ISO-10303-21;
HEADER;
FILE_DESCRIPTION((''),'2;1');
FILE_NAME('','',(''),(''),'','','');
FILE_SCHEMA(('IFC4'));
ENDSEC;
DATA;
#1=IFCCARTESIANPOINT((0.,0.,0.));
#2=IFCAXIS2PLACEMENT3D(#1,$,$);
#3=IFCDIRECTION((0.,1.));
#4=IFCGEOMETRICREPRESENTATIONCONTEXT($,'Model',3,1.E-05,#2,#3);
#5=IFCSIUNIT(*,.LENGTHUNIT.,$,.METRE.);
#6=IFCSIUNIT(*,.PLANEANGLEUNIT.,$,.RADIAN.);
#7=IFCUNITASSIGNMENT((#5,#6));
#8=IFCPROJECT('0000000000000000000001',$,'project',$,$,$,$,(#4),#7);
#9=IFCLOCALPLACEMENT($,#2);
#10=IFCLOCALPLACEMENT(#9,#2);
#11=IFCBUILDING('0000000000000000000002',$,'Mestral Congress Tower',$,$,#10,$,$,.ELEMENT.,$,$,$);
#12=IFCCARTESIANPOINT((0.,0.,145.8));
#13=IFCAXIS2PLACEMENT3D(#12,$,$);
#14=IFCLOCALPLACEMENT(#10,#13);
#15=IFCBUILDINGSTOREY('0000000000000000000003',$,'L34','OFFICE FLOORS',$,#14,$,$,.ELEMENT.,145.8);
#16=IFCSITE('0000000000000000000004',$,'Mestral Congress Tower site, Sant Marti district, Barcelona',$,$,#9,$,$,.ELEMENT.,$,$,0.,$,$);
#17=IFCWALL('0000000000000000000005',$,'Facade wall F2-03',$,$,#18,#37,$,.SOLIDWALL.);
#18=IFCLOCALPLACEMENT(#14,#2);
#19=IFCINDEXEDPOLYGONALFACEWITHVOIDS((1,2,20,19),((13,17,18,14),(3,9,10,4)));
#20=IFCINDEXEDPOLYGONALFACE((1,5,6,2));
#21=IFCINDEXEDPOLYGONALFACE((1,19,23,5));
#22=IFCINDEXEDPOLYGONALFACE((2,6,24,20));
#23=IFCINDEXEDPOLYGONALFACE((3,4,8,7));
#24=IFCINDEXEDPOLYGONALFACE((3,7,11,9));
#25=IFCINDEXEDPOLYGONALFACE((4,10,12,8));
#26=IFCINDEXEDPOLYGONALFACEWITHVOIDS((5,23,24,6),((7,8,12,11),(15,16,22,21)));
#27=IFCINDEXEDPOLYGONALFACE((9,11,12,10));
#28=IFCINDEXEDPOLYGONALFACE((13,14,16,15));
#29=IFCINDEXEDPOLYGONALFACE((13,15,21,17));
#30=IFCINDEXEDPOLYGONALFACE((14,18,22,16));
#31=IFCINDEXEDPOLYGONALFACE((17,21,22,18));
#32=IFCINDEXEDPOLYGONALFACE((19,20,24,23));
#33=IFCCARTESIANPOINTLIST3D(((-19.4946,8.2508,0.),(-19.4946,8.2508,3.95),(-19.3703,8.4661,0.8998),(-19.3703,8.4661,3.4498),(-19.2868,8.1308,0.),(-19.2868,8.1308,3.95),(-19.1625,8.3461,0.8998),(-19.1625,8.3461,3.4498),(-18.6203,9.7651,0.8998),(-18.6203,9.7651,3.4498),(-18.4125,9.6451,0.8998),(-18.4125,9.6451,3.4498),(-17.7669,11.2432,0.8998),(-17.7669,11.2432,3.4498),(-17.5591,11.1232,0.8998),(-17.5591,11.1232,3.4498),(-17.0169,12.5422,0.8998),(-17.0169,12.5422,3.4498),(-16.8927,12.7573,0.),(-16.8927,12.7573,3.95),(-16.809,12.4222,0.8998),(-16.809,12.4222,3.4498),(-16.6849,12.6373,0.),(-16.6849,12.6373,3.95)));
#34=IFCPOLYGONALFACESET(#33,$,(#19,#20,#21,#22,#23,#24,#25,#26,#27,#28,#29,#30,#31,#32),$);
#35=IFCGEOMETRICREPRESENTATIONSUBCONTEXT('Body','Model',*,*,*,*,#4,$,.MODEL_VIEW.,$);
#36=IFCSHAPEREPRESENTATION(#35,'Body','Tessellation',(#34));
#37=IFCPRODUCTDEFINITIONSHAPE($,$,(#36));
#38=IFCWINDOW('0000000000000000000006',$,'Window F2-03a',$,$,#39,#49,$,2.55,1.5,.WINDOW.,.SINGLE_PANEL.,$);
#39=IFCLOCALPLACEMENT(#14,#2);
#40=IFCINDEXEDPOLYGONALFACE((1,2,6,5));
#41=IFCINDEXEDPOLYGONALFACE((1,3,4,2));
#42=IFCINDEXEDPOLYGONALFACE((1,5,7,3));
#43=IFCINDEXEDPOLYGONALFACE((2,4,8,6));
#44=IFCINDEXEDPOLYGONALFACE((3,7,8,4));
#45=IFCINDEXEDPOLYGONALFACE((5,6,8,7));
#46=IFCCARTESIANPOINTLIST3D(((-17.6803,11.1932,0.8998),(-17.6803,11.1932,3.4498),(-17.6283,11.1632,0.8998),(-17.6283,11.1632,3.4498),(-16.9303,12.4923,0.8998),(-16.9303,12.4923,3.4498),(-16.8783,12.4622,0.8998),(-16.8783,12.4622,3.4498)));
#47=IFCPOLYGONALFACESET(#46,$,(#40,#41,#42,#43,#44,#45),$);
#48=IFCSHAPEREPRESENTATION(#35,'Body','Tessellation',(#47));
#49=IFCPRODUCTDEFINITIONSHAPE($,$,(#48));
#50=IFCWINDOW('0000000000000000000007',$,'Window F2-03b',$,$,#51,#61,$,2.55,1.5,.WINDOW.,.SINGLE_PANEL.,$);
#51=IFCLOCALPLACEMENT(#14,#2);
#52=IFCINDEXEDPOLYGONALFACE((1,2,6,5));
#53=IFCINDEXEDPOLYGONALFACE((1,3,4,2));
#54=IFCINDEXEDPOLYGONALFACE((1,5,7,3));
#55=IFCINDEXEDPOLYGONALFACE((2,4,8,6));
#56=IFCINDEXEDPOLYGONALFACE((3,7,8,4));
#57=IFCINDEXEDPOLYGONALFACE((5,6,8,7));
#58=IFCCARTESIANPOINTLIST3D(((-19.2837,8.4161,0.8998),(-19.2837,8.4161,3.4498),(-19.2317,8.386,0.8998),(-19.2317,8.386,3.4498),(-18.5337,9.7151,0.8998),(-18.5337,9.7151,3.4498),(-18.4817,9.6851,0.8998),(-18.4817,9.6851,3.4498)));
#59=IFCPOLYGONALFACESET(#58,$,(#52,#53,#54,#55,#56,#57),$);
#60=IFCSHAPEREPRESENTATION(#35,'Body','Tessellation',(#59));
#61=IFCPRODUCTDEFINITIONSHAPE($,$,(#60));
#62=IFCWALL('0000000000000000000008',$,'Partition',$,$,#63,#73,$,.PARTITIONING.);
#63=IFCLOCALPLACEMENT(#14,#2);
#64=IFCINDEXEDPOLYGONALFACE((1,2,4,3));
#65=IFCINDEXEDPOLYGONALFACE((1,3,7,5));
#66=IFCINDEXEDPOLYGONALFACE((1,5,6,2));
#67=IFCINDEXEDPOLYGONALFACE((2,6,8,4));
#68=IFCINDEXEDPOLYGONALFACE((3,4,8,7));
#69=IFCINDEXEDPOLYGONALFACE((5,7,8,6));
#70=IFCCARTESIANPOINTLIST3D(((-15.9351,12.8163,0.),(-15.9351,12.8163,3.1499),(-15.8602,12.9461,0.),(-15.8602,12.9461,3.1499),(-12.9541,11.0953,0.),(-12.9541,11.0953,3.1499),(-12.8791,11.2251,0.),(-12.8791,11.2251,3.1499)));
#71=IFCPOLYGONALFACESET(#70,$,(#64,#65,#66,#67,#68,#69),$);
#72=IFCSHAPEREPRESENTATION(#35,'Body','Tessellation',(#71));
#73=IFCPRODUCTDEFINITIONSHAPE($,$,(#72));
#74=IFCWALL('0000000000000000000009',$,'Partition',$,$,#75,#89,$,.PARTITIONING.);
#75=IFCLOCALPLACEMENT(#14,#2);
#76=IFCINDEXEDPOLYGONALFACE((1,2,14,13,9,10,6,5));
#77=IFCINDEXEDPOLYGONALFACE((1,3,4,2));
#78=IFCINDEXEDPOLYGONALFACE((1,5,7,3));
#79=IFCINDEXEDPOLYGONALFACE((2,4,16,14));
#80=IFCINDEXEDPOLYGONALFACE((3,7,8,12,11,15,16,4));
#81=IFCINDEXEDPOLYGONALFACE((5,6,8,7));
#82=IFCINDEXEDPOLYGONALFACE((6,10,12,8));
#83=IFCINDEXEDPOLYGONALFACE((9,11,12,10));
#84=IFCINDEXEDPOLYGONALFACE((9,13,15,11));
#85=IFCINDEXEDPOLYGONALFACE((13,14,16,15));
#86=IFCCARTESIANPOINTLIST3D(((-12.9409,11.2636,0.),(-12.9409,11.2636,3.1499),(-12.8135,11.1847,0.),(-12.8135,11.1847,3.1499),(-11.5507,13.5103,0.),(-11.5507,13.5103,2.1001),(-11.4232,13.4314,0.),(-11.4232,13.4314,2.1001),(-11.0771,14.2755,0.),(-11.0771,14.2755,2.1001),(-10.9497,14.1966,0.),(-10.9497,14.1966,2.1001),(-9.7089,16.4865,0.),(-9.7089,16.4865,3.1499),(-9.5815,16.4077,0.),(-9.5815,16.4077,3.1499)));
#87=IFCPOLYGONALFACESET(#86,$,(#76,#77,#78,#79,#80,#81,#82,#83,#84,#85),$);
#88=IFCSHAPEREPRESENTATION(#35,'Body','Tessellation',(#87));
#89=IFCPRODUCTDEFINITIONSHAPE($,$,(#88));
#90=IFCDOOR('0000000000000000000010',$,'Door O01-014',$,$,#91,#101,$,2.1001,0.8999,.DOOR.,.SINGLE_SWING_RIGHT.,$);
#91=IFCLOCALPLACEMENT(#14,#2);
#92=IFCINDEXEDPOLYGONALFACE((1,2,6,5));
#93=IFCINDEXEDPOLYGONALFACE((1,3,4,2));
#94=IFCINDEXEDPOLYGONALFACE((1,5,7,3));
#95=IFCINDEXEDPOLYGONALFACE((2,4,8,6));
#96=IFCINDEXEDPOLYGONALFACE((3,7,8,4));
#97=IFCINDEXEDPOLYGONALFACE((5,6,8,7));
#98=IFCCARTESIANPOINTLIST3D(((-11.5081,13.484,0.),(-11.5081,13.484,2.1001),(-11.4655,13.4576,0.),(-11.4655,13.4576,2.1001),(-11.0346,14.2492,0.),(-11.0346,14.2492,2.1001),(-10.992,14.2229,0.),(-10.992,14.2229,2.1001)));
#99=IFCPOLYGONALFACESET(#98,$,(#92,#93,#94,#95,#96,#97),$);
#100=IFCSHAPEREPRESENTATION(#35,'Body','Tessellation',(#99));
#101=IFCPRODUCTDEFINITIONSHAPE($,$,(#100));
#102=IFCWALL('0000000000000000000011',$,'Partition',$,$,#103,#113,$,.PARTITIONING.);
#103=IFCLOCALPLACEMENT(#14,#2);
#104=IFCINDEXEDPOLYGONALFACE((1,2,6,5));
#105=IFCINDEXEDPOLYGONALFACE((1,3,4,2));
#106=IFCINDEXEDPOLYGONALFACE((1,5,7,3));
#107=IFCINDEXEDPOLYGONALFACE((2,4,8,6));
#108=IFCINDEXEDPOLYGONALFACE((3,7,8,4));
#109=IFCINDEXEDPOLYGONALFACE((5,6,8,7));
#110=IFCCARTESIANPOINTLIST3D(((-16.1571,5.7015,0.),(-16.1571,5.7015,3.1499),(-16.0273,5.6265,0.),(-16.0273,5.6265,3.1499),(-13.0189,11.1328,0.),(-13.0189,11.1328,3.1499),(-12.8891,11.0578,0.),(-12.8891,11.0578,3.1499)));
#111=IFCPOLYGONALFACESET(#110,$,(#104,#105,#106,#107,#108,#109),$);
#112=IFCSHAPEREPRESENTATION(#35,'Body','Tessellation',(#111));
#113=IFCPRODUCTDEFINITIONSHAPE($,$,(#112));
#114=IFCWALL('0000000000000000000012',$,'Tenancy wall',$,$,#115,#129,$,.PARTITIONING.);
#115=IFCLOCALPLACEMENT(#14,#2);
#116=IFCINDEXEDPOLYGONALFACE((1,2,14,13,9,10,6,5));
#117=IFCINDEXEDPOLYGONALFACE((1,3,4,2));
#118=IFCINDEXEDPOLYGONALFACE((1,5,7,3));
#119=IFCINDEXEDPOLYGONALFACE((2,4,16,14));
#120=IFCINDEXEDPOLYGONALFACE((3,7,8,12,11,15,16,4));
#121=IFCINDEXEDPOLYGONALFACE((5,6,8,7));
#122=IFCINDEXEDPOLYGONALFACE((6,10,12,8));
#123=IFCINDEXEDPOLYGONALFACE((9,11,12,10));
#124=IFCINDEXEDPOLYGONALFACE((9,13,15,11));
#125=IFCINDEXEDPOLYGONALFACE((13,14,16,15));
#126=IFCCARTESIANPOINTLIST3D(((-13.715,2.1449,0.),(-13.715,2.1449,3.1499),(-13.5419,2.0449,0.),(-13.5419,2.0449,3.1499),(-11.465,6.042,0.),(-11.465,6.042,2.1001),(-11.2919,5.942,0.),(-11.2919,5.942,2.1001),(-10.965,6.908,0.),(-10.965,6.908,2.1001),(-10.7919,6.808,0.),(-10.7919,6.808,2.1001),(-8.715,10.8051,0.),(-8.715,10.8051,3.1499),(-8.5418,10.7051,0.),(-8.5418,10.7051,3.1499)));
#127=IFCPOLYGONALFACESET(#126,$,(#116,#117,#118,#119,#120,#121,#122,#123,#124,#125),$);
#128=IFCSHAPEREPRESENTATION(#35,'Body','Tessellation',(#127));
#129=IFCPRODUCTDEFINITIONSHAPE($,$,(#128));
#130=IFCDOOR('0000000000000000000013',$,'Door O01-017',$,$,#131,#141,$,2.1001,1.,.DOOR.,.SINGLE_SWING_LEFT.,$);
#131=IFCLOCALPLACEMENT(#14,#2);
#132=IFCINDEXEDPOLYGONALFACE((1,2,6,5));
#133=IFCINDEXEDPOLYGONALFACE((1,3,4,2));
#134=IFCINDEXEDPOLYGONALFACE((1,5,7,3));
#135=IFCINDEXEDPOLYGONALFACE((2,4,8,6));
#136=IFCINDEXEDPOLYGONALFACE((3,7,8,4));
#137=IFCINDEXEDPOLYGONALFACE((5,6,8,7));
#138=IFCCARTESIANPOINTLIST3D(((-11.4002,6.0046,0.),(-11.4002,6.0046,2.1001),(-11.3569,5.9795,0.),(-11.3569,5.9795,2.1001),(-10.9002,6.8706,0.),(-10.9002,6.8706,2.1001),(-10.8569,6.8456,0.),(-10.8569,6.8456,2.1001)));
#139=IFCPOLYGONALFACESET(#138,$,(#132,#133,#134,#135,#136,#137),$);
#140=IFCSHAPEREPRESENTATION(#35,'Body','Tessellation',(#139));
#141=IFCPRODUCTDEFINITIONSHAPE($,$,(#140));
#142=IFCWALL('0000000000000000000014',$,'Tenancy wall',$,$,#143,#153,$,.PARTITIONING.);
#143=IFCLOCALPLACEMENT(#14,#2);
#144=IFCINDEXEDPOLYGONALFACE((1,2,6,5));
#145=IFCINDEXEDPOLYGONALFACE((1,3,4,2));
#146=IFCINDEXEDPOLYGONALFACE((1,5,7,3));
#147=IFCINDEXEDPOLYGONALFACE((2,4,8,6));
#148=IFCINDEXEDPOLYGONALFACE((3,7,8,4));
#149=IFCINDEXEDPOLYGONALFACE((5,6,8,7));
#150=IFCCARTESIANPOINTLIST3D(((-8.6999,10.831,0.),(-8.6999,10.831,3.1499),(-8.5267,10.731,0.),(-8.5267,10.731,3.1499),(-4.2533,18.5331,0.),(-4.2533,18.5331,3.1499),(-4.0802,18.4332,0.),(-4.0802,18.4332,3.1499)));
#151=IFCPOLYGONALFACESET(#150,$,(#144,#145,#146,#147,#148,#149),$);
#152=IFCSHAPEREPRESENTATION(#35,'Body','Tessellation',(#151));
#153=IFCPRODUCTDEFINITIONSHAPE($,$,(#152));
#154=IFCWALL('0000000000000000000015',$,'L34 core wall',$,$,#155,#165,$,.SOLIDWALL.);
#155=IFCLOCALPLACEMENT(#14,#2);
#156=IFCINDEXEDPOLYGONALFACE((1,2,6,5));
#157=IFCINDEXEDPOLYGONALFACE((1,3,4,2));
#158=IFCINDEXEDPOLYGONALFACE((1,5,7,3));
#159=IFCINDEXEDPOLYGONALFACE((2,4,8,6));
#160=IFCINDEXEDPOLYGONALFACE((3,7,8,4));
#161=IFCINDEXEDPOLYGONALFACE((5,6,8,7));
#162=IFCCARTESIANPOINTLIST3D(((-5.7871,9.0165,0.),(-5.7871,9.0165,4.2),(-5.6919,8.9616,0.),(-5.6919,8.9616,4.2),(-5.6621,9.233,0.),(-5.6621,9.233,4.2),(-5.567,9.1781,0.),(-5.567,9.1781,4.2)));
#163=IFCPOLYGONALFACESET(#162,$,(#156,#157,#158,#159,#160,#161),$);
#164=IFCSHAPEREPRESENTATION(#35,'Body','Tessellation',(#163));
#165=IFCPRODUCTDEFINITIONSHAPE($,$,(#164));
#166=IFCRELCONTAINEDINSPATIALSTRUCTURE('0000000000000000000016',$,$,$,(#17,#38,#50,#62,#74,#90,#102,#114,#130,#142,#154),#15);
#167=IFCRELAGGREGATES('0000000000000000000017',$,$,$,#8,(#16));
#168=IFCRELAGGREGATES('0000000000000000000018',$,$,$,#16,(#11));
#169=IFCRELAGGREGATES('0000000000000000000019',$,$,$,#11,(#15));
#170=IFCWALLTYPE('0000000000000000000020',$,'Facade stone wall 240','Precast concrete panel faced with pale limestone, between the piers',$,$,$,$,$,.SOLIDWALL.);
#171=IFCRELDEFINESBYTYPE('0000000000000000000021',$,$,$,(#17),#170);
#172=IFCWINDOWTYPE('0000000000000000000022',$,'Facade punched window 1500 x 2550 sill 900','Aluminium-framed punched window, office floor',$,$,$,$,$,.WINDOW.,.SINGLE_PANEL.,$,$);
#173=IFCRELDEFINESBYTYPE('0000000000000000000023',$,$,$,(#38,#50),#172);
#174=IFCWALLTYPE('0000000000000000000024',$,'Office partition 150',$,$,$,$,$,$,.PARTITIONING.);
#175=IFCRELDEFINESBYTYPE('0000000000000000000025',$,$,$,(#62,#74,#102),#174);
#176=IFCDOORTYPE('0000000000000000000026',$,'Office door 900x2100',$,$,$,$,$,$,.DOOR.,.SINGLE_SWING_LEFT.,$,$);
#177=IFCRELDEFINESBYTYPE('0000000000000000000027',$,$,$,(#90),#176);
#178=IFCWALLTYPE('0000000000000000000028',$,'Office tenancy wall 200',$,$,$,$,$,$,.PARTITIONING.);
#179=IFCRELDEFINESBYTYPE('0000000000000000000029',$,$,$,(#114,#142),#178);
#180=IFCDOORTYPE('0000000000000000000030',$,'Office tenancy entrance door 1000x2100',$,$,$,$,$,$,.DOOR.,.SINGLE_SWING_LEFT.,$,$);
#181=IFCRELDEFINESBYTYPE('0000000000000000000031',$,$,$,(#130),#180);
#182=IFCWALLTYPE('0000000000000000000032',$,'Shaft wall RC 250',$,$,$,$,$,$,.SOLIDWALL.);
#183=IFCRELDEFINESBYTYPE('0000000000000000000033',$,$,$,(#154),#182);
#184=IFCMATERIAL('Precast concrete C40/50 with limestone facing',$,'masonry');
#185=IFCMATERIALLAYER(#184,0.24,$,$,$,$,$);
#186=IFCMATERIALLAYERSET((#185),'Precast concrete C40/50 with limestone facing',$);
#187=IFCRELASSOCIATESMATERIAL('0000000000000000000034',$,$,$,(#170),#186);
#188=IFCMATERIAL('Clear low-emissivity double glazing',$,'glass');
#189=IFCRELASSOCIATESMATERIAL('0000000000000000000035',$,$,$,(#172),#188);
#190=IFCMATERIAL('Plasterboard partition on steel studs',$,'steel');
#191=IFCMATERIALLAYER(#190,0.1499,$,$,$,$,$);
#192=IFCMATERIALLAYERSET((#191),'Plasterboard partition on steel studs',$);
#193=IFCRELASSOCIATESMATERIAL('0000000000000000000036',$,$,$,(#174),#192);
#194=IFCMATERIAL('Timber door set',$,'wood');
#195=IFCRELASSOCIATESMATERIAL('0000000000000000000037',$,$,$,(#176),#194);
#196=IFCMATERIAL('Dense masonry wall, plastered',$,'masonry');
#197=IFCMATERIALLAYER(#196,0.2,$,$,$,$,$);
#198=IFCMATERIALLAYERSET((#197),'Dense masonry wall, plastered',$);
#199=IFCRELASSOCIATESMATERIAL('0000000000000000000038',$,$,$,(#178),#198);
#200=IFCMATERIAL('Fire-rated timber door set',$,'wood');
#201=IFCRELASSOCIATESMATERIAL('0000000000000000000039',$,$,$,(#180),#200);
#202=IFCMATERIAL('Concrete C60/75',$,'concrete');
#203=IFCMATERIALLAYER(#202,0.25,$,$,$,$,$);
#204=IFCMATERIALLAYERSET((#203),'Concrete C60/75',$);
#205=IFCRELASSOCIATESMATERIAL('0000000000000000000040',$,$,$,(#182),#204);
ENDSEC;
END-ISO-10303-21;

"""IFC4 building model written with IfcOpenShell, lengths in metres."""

from ifc_helpers import new_model, si_unit, direction, frame, frame_2d, origin, place, context, subcontext, project, spatial, rectangle, extrude, material, layer, layer_set, type_object, element, fill, save


model = new_model("IFC4")

# Units and contexts
model_context = context("Model", 3, precision=1e-05, world=origin(), true_north=direction((0.0, 1.0)))
body_context = subcontext(model_context, "Body", "Model", "MODEL_VIEW")
ifc_project = project(units=[si_unit("LENGTHUNIT", "METRE"), si_unit("PLANEANGLEUNIT", "RADIAN")], contexts=[model_context])

# Site, building, storey
site_placement = place(None, origin())
site = spatial("IfcSite", under=ifc_project, at=site_placement, Name="Mestral Congress Tower site, Sant Marti district, Barcelona", CompositionType="ELEMENT", RefElevation=0.0)
building_placement = place(site_placement, origin())
building = spatial("IfcBuilding", under=site, at=building_placement, Name="Mestral Congress Tower", CompositionType="ELEMENT")
storey_placement = place(building_placement, frame((0.0, 0.0, 145.8)))
storey = spatial("IfcBuildingStorey", under=building, at=storey_placement, Name="L34", Description="OFFICE FLOORS", CompositionType="ELEMENT", Elevation=145.8)

# Shared definitions
ifc_material_1 = material(Name="Concrete C60/75", Category="concrete")

# Wall, openings, windows
ifc_material_2 = material(Name="Precast concrete C40/50 with limestone facing", Category="masonry")
ifc_layer_1 = layer(ifc_material_2, 0.24)
ifc_layer_set_1 = layer_set([ifc_layer_1], Name="Precast concrete C40/50 with limestone facing")
wall_type_1 = type_object("IfcWallType", Name="Facade stone wall 240", Description="Precast concrete panel faced with pale limestone, between the piers", PredefinedType="SOLIDWALL", material=ifc_layer_set_1)
ifc_material_3 = material(Name="Clear low-emissivity double glazing", Category="glass")
window_type = type_object("IfcWindowType", Name="Facade punched window 1500 x 2550 sill 900", Description="Aluminium-framed punched window, office floor", PartitioningType="SINGLE_PANEL", PredefinedType="WINDOW", material=ifc_material_3)
wall_1_placement = place(storey_placement, frame((-16.7888, 12.6973, 0.0), z_axis=(0.0, 0.0, 1.0), x_axis=(-0.500009, -0.86602, 0.0)))
wall_1 = element("IfcWall", 1, at=wall_1_placement, inside=storey, type_object=wall_type_1, Name="Facade wall F2-03", PredefinedType="SOLIDWALL", context=body_context, shape_type="SweptSolid", body=[
    extrude(rectangle(XDim=5.2036, YDim=0.24, at=frame_2d((2.6018, 0.0))), origin(), (0.0, 0.0, 1.0), 3.95),
])
opening_1_placement = place(wall_1_placement, frame((0.2483, 0.0, 0.8999)))
opening_1 = element("IfcOpeningElement", 2, at=opening_1_placement, cuts=wall_1, PredefinedType="OPENING", context=body_context, shape_type="SweptSolid", body=[
    extrude(rectangle(XDim=1.5, YDim=2.55, at=frame_2d((0.75, 1.2749))), frame((0.0, 0.1299, 0.0), z_axis=(0.0, -1.0, 0.0), x_axis=(1.0, 0.0, 0.0)), (0.0, 0.0, 1.0), 0.26),
])
opening_2_placement = place(wall_1_placement, frame((3.4551, 0.0, 0.8999)))
opening_2 = element("IfcOpeningElement", 3, at=opening_2_placement, cuts=wall_1, PredefinedType="OPENING", context=body_context, shape_type="SweptSolid", body=[
    extrude(rectangle(XDim=1.5, YDim=2.55, at=frame_2d((0.75, 1.2749))), frame((0.0, 0.1299, 0.0), z_axis=(0.0, -1.0, 0.0), x_axis=(1.0, 0.0, 0.0)), (0.0, 0.0, 1.0), 0.26),
])
window_1_placement = place(opening_1_placement, origin())
window_1 = element("IfcWindow", 4, at=window_1_placement, inside=storey, type_object=window_type, Name="Window F2-03a", OverallHeight=2.55, OverallWidth=1.5, PartitioningType="SINGLE_PANEL", PredefinedType="WINDOW", context=body_context, shape_type="SweptSolid", body=[
    extrude(rectangle(XDim=1.5, YDim=2.55, at=frame_2d((0.75, 1.2749))), frame((0.0, 0.04, 0.0), z_axis=(0.0, -1.0, 0.0), x_axis=(1.0, 0.0, 0.0)), (0.0, 0.0, 1.0), 0.0601),
])
fill(opening_1, window_1)
window_2_placement = place(opening_2_placement, origin())
window_2 = element("IfcWindow", 5, at=window_2_placement, inside=storey, type_object=window_type, Name="Window F2-03b", OverallHeight=2.55, OverallWidth=1.5, PartitioningType="SINGLE_PANEL", PredefinedType="WINDOW", context=body_context, shape_type="SweptSolid", body=[
    extrude(rectangle(XDim=1.5, YDim=2.55, at=frame_2d((0.75, 1.2749))), frame((0.0, 0.04, 0.0), z_axis=(0.0, -1.0, 0.0), x_axis=(1.0, 0.0, 0.0)), (0.0, 0.0, 1.0), 0.0601),
])
fill(opening_2, window_2)

# Wall
ifc_material_4 = material(Name="Plasterboard partition on steel studs", Category="steel")
ifc_layer_2 = layer(ifc_material_4, 0.1499)
ifc_layer_set_2 = layer_set([ifc_layer_2], Name="Plasterboard partition on steel studs")
wall_type_2 = type_object("IfcWallType", Name="Office partition 150", PredefinedType="PARTITIONING", material=ifc_layer_set_2)
wall_2_placement = place(storey_placement, frame((-12.9165, 11.1602, 0.0), z_axis=(0.0, 0.0, 1.0), x_axis=(-0.866039, 0.499976, 0.0)))
element("IfcWall", 6, at=wall_2_placement, inside=storey, type_object=wall_type_2, Name="Partition", PredefinedType="PARTITIONING", context=body_context, shape_type="SweptSolid", body=[
    extrude(rectangle(XDim=3.4421, YDim=0.1499, at=frame_2d((1.7212, 0.0))), origin(), (0.0, 0.0, 1.0), 3.1499),
])

# Wall, opening, door
wall_3_placement = place(storey_placement, frame((-12.8772, 11.2241, 0.0), z_axis=(0.0, 0.0, 1.0), x_axis=(0.526203, 0.850359, 0.0)))
wall_3 = element("IfcWall", 7, at=wall_3_placement, inside=storey, type_object=wall_type_2, Name="Partition", PredefinedType="PARTITIONING", context=body_context, shape_type="SweptSolid", body=[
    extrude(rectangle(XDim=6.1421, YDim=0.1499, at=frame_2d((3.071, 0.0))), origin(), (0.0, 0.0, 1.0), 3.1499),
])
opening_3_placement = place(wall_3_placement, frame((2.6421, 0.0, 0.0)))
opening_3 = element("IfcOpeningElement", 8, at=opening_3_placement, cuts=wall_3, PredefinedType="OPENING", context=body_context, shape_type="SweptSolid", body=[
    extrude(rectangle(XDim=0.8999, YDim=2.1001, at=frame_2d((0.45, 1.05))), frame((0.0, 0.085, 0.0), z_axis=(0.0, -1.0, 0.0), x_axis=(1.0, 0.0, 0.0)), (0.0, 0.0, 1.0), 0.1699),
])
ifc_material_5 = material(Name="Timber door set", Category="wood")
door_type_1 = type_object("IfcDoorType", Name="Office door 900x2100", OperationType="SINGLE_SWING_LEFT", PredefinedType="DOOR", material=ifc_material_5)
door_1_placement = place(opening_3_placement, origin())
door_1 = element("IfcDoor", 9, at=door_1_placement, inside=storey, type_object=door_type_1, Name="Door O01-014", OperationType="SINGLE_SWING_RIGHT", OverallHeight=2.1001, OverallWidth=0.8999, PredefinedType="DOOR", context=body_context, shape_type="SweptSolid", body=[
    extrude(rectangle(XDim=0.8999, YDim=2.1001, at=frame_2d((0.45, 1.05))), frame((0.0, 0.0249, 0.0), z_axis=(0.0, -1.0, 0.0), x_axis=(1.0, 0.0, 0.0)), (0.0, 0.0, 1.0), 0.05),
])
fill(opening_3, door_1)

# Wall
wall_4_placement = place(storey_placement, frame((-12.9541, 11.0952, 0.0), z_axis=(0.0, 0.0, 1.0), x_axis=(-0.500283, -0.865862, 0.0)))
element("IfcWall", 10, at=wall_4_placement, inside=storey, type_object=wall_type_2, Name="Partition", PredefinedType="PARTITIONING", context=body_context, shape_type="SweptSolid", body=[
    extrude(rectangle(XDim=6.2727, YDim=0.1499, at=frame_2d((3.1362, 0.0))), origin(), (0.0, 0.0, 1.0), 3.1499),
])

# Wall, opening, door
ifc_material_6 = material(Name="Dense masonry wall, plastered", Category="masonry")
ifc_layer_3 = layer(ifc_material_6, 0.2)
ifc_layer_set_3 = layer_set([ifc_layer_3], Name="Dense masonry wall, plastered")
wall_type_3 = type_object("IfcWallType", Name="Office tenancy wall 200", PredefinedType="PARTITIONING", material=ifc_layer_set_3)
wall_5_placement = place(storey_placement, frame((-8.6284, 10.7551, 0.0), z_axis=(0.0, 0.0, 1.0), x_axis=(-0.500004, -0.866023, 0.0)))
wall_5 = element("IfcWall", 11, at=wall_5_placement, inside=storey, type_object=wall_type_3, Name="Tenancy wall", PredefinedType="PARTITIONING", context=body_context, shape_type="SweptSolid", body=[
    extrude(rectangle(XDim=10.0, YDim=0.2, at=frame_2d((5.0, 0.0))), origin(), (0.0, 0.0, 1.0), 3.1499),
])
opening_4_placement = place(wall_5_placement, frame((4.5, 0.0, 0.0)))
opening_4 = element("IfcOpeningElement", 12, at=opening_4_placement, cuts=wall_5, PredefinedType="OPENING", context=body_context, shape_type="SweptSolid", body=[
    extrude(rectangle(XDim=1.0, YDim=2.1001, at=frame_2d((0.5, 1.05))), frame((0.0, 0.1099, 0.0), z_axis=(0.0, -1.0, 0.0), x_axis=(1.0, 0.0, 0.0)), (0.0, 0.0, 1.0), 0.22),
])
ifc_material_7 = material(Name="Fire-rated timber door set", Category="wood")
door_type_2 = type_object("IfcDoorType", Name="Office tenancy entrance door 1000x2100", OperationType="SINGLE_SWING_LEFT", PredefinedType="DOOR", material=ifc_material_7)
door_2_placement = place(opening_4_placement, origin())
door_2 = element("IfcDoor", 13, at=door_2_placement, inside=storey, type_object=door_type_2, Name="Door O01-017", OperationType="SINGLE_SWING_LEFT", OverallHeight=2.1001, OverallWidth=1.0, PredefinedType="DOOR", context=body_context, shape_type="SweptSolid", body=[
    extrude(rectangle(XDim=1.0, YDim=2.1001, at=frame_2d((0.5, 1.05))), frame((0.0, 0.0249, 0.0), z_axis=(0.0, -1.0, 0.0), x_axis=(1.0, 0.0, 0.0)), (0.0, 0.0, 1.0), 0.05),
])
fill(opening_4, door_2)

# Walls
wall_6_placement = place(storey_placement, frame((-4.1667, 18.4832, 0.0), z_axis=(0.0, 0.0, 1.0), x_axis=(-0.499974, -0.86604, 0.0)))
element("IfcWall", 14, at=wall_6_placement, inside=storey, type_object=wall_type_3, Name="Tenancy wall", PredefinedType="PARTITIONING", context=body_context, shape_type="SweptSolid", body=[
    extrude(rectangle(XDim=8.8936, YDim=0.2, at=frame_2d((4.4468, 0.0))), origin(), (0.0, 0.0, 1.0), 3.1499),
])
ifc_layer_4 = layer(ifc_material_1, 0.25)
ifc_layer_set_4 = layer_set([ifc_layer_4], Name="Concrete C60/75")
wall_type_4 = type_object("IfcWallType", Name="Shaft wall RC 250", PredefinedType="SOLIDWALL", material=ifc_layer_set_4)
wall_7_placement = place(storey_placement, frame((-5.7246, 9.1248, 0.0), z_axis=(0.0, 0.0, 1.0), x_axis=(0.866186, -0.499722, 0.0)))
element("IfcWall", 15, at=wall_7_placement, inside=storey, type_object=wall_type_4, Name="L34 core wall", PredefinedType="SOLIDWALL", context=body_context, shape_type="SweptSolid", body=[
    extrude(rectangle(XDim=0.1099, YDim=0.25, at=frame_2d((0.0549, 0.0))), origin(), (0.0, 0.0, 1.0), 4.2),
])

save(model, "model.ifc")
